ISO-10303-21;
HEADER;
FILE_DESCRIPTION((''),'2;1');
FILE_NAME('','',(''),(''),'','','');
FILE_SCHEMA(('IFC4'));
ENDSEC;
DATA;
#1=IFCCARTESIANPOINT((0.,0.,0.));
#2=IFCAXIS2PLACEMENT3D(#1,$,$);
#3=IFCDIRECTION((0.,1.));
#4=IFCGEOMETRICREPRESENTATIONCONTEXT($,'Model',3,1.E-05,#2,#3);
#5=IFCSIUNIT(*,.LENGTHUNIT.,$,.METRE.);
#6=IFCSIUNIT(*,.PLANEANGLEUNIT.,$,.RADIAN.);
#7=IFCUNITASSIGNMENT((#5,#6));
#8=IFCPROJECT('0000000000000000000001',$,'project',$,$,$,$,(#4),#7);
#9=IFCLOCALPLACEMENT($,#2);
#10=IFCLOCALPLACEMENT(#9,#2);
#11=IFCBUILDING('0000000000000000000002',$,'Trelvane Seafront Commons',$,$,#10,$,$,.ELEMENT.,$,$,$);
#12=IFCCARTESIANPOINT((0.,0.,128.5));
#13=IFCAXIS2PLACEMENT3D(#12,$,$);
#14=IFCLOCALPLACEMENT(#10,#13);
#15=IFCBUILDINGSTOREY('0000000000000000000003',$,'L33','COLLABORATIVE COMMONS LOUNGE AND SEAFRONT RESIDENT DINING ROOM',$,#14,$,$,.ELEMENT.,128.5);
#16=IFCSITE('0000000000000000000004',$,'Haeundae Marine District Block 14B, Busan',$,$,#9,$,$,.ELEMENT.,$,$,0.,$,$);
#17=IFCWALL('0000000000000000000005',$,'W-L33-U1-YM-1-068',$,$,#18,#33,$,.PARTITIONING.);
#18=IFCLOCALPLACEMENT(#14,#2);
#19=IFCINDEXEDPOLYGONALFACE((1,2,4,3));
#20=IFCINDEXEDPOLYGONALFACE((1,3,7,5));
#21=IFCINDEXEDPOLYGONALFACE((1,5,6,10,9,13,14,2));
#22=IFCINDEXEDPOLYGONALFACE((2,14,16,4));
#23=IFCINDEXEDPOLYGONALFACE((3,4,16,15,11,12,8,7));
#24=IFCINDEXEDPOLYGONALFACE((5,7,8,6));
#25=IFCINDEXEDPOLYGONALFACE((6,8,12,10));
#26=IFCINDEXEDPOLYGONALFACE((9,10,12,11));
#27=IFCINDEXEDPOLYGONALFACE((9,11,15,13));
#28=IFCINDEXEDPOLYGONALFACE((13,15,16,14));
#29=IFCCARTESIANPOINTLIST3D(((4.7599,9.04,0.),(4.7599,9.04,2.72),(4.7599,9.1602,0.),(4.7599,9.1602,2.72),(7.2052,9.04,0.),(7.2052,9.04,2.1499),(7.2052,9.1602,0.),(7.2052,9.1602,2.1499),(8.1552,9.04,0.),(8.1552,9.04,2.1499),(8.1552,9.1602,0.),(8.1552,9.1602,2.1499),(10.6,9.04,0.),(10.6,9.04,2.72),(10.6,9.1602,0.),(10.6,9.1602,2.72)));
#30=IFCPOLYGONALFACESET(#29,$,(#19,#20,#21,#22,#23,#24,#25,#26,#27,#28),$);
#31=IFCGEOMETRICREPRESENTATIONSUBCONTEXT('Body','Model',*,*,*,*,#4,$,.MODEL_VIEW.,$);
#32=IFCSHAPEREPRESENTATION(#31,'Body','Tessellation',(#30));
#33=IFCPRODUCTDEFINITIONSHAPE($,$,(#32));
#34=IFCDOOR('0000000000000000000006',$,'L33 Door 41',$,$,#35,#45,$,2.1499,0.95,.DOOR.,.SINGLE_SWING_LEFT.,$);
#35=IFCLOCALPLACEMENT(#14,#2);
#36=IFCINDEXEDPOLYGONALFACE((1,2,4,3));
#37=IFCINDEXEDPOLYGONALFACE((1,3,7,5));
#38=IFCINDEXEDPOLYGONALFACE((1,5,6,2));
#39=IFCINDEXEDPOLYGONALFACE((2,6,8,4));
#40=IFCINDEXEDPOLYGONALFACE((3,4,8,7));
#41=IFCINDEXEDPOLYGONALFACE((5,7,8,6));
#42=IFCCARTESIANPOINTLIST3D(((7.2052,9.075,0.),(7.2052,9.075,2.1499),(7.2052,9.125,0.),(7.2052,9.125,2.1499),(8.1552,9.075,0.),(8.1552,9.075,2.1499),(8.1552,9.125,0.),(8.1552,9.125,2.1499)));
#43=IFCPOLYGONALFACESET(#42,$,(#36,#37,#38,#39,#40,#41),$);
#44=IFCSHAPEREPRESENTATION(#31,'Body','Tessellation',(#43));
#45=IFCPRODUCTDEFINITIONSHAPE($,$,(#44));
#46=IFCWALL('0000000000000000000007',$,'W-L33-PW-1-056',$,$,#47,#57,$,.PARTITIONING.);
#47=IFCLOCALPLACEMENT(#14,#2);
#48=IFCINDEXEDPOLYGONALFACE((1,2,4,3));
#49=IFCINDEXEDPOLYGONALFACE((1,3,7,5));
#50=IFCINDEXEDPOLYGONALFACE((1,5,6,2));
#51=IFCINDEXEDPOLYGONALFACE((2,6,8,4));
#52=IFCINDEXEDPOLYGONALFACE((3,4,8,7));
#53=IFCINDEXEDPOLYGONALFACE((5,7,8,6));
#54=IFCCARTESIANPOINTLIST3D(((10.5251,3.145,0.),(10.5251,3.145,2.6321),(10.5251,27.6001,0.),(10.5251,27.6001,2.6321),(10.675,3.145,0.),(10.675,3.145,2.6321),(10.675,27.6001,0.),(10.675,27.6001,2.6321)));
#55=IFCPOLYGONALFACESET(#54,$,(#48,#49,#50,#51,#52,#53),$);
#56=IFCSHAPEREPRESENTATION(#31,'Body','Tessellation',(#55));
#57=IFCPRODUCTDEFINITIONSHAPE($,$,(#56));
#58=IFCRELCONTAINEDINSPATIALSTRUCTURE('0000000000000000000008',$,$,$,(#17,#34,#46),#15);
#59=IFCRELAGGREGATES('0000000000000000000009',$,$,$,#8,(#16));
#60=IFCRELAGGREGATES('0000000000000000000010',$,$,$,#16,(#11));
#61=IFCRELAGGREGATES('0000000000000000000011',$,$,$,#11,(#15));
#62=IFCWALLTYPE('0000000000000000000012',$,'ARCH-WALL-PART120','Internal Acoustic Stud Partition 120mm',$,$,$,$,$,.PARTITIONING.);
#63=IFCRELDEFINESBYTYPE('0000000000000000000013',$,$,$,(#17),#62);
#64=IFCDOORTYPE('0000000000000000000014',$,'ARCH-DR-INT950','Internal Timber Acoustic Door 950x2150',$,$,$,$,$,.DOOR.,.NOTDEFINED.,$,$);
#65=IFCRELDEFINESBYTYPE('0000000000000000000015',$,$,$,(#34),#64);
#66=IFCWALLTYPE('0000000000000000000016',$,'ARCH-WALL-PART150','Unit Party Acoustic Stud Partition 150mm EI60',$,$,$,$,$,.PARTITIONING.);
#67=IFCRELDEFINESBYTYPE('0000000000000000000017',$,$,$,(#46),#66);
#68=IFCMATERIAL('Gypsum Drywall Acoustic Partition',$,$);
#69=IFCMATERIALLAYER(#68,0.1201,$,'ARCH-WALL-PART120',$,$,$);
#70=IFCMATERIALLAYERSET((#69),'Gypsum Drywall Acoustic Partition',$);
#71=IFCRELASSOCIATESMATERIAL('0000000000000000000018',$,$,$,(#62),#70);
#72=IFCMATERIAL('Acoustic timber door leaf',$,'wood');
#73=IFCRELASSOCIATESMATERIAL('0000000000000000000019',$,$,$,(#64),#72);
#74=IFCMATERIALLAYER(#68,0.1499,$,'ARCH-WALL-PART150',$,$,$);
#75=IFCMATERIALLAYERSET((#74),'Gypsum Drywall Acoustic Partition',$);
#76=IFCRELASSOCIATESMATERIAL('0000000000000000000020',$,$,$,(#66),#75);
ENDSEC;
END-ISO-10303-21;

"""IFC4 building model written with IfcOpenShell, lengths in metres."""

from ifc_helpers import new_model, si_unit, direction, frame, frame_2d, origin, place, context, subcontext, project, spatial, rectangle, extrude, source, transform, mapped, material, layer, layer_set, type_object, element, fill, save


model = new_model("IFC4")

# Units and contexts
model_context = context("Model", 3, precision=1e-05, world=origin(), true_north=direction((0.0, 1.0)))
body_context = subcontext(model_context, "Body", "Model", "MODEL_VIEW")
ifc_project = project(units=[si_unit("LENGTHUNIT", "METRE"), si_unit("PLANEANGLEUNIT", "RADIAN")], contexts=[model_context])

# Site, building, storey
site_placement = place(None, origin())
site = spatial("IfcSite", under=ifc_project, at=site_placement, Name="Haeundae Marine District Block 14B, Busan", CompositionType="ELEMENT", RefElevation=0.0)
building_placement = place(site_placement, origin())
building = spatial("IfcBuilding", under=site, at=building_placement, Name="Trelvane Seafront Commons", CompositionType="ELEMENT")
storey_placement = place(building_placement, frame((0.0, 0.0, 128.5)))
storey = spatial("IfcBuildingStorey", under=building, at=storey_placement, Name="L33", Description="COLLABORATIVE COMMONS LOUNGE AND SEAFRONT RESIDENT DINING ROOM", CompositionType="ELEMENT", Elevation=128.5)

# Wall, opening, door
ifc_material_1 = material(Name="Gypsum Drywall Acoustic Partition")
ifc_layer_1 = layer(ifc_material_1, 0.1201, Name="ARCH-WALL-PART120")
ifc_layer_set_1 = layer_set([ifc_layer_1], Name="Gypsum Drywall Acoustic Partition")
wall_type_1 = type_object("IfcWallType", Name="ARCH-WALL-PART120", Description="Internal Acoustic Stud Partition 120mm", PredefinedType="PARTITIONING", material=ifc_layer_set_1)
ifc_material_2 = material(Name="Acoustic timber door leaf", Category="wood")
door_type = type_object("IfcDoorType", Name="ARCH-DR-INT950", Description="Internal Timber Acoustic Door 950x2150", OperationType="NOTDEFINED", PredefinedType="DOOR", material=ifc_material_2)
shared_shape_1 = source(origin(), body_context, "Body", "SweptSolid", [
    extrude(rectangle(XDim=0.95, YDim=2.1499, at=frame_2d((0.4751, 1.075))), frame((0.0, 0.0249, 0.0), z_axis=(0.0, -1.0, 0.0), x_axis=(1.0, 0.0, 0.0)), (0.0, 0.0, 1.0), 0.05),
])
wall_1_placement = place(storey_placement, frame((4.76, 9.1001, 0.0), z_axis=(0.0, 0.0, 1.0), x_axis=(1.0, 0.0, 0.0)))
wall_1 = element("IfcWall", 1, at=wall_1_placement, inside=storey, type_object=wall_type_1, Name="W-L33-U1-YM-1-068", PredefinedType="PARTITIONING", context=body_context, shape_type="SweptSolid", body=[
    extrude(rectangle(XDim=5.8401, YDim=0.1201, at=frame_2d((2.9199, 0.0))), origin(), (0.0, 0.0, 1.0), 2.72),
])
opening_1_placement = place(wall_1_placement, frame((2.4451, 0.0, 0.0)))
opening_1 = element("IfcOpeningElement", 2, at=opening_1_placement, cuts=wall_1, PredefinedType="OPENING", context=body_context, shape_type="SweptSolid", body=[
    extrude(rectangle(XDim=0.95, YDim=2.1499, at=frame_2d((0.4751, 1.075))), frame((0.0, 0.0701, 0.0), z_axis=(0.0, -1.0, 0.0), x_axis=(1.0, 0.0, 0.0)), (0.0, 0.0, 1.0), 0.1401),
])
door_1_placement = place(opening_1_placement, origin())
door_1 = element("IfcDoor", 3, at=door_1_placement, inside=storey, type_object=door_type, Name="L33 Door 41", OperationType="SINGLE_SWING_LEFT", OverallHeight=2.1499, OverallWidth=0.95, PredefinedType="DOOR", context=body_context, shape_type="MappedRepresentation", body=[
    mapped(shared_shape_1, transform((0.0, 0.0, 0.0), x_axis=(1.0, 0.0, 0.0), y_axis=(0.0, 1.0, 0.0), z_axis=(0.0, 0.0, 1.0), scale=1.0)),
])
fill(opening_1, door_1)

# Wall
ifc_layer_2 = layer(ifc_material_1, 0.1499, Name="ARCH-WALL-PART150")
ifc_layer_set_2 = layer_set([ifc_layer_2], Name="Gypsum Drywall Acoustic Partition")
wall_type_2 = type_object("IfcWallType", Name="ARCH-WALL-PART150", Description="Unit Party Acoustic Stud Partition 150mm EI60", PredefinedType="PARTITIONING", material=ifc_layer_set_2)
wall_2_placement = place(storey_placement, frame((10.6001, 3.145, 0.0), z_axis=(0.0, 0.0, 1.0), x_axis=(0.0, 1.0, 0.0)))
element("IfcWall", 4, at=wall_2_placement, inside=storey, type_object=wall_type_2, Name="W-L33-PW-1-056", PredefinedType="PARTITIONING", context=body_context, shape_type="SweptSolid", body=[
    extrude(rectangle(XDim=24.4551, YDim=0.1499, at=frame_2d((12.2275, 0.0))), origin(), (0.0, 0.0, 1.0), 2.6321),
])

save(model, "model.ifc")
